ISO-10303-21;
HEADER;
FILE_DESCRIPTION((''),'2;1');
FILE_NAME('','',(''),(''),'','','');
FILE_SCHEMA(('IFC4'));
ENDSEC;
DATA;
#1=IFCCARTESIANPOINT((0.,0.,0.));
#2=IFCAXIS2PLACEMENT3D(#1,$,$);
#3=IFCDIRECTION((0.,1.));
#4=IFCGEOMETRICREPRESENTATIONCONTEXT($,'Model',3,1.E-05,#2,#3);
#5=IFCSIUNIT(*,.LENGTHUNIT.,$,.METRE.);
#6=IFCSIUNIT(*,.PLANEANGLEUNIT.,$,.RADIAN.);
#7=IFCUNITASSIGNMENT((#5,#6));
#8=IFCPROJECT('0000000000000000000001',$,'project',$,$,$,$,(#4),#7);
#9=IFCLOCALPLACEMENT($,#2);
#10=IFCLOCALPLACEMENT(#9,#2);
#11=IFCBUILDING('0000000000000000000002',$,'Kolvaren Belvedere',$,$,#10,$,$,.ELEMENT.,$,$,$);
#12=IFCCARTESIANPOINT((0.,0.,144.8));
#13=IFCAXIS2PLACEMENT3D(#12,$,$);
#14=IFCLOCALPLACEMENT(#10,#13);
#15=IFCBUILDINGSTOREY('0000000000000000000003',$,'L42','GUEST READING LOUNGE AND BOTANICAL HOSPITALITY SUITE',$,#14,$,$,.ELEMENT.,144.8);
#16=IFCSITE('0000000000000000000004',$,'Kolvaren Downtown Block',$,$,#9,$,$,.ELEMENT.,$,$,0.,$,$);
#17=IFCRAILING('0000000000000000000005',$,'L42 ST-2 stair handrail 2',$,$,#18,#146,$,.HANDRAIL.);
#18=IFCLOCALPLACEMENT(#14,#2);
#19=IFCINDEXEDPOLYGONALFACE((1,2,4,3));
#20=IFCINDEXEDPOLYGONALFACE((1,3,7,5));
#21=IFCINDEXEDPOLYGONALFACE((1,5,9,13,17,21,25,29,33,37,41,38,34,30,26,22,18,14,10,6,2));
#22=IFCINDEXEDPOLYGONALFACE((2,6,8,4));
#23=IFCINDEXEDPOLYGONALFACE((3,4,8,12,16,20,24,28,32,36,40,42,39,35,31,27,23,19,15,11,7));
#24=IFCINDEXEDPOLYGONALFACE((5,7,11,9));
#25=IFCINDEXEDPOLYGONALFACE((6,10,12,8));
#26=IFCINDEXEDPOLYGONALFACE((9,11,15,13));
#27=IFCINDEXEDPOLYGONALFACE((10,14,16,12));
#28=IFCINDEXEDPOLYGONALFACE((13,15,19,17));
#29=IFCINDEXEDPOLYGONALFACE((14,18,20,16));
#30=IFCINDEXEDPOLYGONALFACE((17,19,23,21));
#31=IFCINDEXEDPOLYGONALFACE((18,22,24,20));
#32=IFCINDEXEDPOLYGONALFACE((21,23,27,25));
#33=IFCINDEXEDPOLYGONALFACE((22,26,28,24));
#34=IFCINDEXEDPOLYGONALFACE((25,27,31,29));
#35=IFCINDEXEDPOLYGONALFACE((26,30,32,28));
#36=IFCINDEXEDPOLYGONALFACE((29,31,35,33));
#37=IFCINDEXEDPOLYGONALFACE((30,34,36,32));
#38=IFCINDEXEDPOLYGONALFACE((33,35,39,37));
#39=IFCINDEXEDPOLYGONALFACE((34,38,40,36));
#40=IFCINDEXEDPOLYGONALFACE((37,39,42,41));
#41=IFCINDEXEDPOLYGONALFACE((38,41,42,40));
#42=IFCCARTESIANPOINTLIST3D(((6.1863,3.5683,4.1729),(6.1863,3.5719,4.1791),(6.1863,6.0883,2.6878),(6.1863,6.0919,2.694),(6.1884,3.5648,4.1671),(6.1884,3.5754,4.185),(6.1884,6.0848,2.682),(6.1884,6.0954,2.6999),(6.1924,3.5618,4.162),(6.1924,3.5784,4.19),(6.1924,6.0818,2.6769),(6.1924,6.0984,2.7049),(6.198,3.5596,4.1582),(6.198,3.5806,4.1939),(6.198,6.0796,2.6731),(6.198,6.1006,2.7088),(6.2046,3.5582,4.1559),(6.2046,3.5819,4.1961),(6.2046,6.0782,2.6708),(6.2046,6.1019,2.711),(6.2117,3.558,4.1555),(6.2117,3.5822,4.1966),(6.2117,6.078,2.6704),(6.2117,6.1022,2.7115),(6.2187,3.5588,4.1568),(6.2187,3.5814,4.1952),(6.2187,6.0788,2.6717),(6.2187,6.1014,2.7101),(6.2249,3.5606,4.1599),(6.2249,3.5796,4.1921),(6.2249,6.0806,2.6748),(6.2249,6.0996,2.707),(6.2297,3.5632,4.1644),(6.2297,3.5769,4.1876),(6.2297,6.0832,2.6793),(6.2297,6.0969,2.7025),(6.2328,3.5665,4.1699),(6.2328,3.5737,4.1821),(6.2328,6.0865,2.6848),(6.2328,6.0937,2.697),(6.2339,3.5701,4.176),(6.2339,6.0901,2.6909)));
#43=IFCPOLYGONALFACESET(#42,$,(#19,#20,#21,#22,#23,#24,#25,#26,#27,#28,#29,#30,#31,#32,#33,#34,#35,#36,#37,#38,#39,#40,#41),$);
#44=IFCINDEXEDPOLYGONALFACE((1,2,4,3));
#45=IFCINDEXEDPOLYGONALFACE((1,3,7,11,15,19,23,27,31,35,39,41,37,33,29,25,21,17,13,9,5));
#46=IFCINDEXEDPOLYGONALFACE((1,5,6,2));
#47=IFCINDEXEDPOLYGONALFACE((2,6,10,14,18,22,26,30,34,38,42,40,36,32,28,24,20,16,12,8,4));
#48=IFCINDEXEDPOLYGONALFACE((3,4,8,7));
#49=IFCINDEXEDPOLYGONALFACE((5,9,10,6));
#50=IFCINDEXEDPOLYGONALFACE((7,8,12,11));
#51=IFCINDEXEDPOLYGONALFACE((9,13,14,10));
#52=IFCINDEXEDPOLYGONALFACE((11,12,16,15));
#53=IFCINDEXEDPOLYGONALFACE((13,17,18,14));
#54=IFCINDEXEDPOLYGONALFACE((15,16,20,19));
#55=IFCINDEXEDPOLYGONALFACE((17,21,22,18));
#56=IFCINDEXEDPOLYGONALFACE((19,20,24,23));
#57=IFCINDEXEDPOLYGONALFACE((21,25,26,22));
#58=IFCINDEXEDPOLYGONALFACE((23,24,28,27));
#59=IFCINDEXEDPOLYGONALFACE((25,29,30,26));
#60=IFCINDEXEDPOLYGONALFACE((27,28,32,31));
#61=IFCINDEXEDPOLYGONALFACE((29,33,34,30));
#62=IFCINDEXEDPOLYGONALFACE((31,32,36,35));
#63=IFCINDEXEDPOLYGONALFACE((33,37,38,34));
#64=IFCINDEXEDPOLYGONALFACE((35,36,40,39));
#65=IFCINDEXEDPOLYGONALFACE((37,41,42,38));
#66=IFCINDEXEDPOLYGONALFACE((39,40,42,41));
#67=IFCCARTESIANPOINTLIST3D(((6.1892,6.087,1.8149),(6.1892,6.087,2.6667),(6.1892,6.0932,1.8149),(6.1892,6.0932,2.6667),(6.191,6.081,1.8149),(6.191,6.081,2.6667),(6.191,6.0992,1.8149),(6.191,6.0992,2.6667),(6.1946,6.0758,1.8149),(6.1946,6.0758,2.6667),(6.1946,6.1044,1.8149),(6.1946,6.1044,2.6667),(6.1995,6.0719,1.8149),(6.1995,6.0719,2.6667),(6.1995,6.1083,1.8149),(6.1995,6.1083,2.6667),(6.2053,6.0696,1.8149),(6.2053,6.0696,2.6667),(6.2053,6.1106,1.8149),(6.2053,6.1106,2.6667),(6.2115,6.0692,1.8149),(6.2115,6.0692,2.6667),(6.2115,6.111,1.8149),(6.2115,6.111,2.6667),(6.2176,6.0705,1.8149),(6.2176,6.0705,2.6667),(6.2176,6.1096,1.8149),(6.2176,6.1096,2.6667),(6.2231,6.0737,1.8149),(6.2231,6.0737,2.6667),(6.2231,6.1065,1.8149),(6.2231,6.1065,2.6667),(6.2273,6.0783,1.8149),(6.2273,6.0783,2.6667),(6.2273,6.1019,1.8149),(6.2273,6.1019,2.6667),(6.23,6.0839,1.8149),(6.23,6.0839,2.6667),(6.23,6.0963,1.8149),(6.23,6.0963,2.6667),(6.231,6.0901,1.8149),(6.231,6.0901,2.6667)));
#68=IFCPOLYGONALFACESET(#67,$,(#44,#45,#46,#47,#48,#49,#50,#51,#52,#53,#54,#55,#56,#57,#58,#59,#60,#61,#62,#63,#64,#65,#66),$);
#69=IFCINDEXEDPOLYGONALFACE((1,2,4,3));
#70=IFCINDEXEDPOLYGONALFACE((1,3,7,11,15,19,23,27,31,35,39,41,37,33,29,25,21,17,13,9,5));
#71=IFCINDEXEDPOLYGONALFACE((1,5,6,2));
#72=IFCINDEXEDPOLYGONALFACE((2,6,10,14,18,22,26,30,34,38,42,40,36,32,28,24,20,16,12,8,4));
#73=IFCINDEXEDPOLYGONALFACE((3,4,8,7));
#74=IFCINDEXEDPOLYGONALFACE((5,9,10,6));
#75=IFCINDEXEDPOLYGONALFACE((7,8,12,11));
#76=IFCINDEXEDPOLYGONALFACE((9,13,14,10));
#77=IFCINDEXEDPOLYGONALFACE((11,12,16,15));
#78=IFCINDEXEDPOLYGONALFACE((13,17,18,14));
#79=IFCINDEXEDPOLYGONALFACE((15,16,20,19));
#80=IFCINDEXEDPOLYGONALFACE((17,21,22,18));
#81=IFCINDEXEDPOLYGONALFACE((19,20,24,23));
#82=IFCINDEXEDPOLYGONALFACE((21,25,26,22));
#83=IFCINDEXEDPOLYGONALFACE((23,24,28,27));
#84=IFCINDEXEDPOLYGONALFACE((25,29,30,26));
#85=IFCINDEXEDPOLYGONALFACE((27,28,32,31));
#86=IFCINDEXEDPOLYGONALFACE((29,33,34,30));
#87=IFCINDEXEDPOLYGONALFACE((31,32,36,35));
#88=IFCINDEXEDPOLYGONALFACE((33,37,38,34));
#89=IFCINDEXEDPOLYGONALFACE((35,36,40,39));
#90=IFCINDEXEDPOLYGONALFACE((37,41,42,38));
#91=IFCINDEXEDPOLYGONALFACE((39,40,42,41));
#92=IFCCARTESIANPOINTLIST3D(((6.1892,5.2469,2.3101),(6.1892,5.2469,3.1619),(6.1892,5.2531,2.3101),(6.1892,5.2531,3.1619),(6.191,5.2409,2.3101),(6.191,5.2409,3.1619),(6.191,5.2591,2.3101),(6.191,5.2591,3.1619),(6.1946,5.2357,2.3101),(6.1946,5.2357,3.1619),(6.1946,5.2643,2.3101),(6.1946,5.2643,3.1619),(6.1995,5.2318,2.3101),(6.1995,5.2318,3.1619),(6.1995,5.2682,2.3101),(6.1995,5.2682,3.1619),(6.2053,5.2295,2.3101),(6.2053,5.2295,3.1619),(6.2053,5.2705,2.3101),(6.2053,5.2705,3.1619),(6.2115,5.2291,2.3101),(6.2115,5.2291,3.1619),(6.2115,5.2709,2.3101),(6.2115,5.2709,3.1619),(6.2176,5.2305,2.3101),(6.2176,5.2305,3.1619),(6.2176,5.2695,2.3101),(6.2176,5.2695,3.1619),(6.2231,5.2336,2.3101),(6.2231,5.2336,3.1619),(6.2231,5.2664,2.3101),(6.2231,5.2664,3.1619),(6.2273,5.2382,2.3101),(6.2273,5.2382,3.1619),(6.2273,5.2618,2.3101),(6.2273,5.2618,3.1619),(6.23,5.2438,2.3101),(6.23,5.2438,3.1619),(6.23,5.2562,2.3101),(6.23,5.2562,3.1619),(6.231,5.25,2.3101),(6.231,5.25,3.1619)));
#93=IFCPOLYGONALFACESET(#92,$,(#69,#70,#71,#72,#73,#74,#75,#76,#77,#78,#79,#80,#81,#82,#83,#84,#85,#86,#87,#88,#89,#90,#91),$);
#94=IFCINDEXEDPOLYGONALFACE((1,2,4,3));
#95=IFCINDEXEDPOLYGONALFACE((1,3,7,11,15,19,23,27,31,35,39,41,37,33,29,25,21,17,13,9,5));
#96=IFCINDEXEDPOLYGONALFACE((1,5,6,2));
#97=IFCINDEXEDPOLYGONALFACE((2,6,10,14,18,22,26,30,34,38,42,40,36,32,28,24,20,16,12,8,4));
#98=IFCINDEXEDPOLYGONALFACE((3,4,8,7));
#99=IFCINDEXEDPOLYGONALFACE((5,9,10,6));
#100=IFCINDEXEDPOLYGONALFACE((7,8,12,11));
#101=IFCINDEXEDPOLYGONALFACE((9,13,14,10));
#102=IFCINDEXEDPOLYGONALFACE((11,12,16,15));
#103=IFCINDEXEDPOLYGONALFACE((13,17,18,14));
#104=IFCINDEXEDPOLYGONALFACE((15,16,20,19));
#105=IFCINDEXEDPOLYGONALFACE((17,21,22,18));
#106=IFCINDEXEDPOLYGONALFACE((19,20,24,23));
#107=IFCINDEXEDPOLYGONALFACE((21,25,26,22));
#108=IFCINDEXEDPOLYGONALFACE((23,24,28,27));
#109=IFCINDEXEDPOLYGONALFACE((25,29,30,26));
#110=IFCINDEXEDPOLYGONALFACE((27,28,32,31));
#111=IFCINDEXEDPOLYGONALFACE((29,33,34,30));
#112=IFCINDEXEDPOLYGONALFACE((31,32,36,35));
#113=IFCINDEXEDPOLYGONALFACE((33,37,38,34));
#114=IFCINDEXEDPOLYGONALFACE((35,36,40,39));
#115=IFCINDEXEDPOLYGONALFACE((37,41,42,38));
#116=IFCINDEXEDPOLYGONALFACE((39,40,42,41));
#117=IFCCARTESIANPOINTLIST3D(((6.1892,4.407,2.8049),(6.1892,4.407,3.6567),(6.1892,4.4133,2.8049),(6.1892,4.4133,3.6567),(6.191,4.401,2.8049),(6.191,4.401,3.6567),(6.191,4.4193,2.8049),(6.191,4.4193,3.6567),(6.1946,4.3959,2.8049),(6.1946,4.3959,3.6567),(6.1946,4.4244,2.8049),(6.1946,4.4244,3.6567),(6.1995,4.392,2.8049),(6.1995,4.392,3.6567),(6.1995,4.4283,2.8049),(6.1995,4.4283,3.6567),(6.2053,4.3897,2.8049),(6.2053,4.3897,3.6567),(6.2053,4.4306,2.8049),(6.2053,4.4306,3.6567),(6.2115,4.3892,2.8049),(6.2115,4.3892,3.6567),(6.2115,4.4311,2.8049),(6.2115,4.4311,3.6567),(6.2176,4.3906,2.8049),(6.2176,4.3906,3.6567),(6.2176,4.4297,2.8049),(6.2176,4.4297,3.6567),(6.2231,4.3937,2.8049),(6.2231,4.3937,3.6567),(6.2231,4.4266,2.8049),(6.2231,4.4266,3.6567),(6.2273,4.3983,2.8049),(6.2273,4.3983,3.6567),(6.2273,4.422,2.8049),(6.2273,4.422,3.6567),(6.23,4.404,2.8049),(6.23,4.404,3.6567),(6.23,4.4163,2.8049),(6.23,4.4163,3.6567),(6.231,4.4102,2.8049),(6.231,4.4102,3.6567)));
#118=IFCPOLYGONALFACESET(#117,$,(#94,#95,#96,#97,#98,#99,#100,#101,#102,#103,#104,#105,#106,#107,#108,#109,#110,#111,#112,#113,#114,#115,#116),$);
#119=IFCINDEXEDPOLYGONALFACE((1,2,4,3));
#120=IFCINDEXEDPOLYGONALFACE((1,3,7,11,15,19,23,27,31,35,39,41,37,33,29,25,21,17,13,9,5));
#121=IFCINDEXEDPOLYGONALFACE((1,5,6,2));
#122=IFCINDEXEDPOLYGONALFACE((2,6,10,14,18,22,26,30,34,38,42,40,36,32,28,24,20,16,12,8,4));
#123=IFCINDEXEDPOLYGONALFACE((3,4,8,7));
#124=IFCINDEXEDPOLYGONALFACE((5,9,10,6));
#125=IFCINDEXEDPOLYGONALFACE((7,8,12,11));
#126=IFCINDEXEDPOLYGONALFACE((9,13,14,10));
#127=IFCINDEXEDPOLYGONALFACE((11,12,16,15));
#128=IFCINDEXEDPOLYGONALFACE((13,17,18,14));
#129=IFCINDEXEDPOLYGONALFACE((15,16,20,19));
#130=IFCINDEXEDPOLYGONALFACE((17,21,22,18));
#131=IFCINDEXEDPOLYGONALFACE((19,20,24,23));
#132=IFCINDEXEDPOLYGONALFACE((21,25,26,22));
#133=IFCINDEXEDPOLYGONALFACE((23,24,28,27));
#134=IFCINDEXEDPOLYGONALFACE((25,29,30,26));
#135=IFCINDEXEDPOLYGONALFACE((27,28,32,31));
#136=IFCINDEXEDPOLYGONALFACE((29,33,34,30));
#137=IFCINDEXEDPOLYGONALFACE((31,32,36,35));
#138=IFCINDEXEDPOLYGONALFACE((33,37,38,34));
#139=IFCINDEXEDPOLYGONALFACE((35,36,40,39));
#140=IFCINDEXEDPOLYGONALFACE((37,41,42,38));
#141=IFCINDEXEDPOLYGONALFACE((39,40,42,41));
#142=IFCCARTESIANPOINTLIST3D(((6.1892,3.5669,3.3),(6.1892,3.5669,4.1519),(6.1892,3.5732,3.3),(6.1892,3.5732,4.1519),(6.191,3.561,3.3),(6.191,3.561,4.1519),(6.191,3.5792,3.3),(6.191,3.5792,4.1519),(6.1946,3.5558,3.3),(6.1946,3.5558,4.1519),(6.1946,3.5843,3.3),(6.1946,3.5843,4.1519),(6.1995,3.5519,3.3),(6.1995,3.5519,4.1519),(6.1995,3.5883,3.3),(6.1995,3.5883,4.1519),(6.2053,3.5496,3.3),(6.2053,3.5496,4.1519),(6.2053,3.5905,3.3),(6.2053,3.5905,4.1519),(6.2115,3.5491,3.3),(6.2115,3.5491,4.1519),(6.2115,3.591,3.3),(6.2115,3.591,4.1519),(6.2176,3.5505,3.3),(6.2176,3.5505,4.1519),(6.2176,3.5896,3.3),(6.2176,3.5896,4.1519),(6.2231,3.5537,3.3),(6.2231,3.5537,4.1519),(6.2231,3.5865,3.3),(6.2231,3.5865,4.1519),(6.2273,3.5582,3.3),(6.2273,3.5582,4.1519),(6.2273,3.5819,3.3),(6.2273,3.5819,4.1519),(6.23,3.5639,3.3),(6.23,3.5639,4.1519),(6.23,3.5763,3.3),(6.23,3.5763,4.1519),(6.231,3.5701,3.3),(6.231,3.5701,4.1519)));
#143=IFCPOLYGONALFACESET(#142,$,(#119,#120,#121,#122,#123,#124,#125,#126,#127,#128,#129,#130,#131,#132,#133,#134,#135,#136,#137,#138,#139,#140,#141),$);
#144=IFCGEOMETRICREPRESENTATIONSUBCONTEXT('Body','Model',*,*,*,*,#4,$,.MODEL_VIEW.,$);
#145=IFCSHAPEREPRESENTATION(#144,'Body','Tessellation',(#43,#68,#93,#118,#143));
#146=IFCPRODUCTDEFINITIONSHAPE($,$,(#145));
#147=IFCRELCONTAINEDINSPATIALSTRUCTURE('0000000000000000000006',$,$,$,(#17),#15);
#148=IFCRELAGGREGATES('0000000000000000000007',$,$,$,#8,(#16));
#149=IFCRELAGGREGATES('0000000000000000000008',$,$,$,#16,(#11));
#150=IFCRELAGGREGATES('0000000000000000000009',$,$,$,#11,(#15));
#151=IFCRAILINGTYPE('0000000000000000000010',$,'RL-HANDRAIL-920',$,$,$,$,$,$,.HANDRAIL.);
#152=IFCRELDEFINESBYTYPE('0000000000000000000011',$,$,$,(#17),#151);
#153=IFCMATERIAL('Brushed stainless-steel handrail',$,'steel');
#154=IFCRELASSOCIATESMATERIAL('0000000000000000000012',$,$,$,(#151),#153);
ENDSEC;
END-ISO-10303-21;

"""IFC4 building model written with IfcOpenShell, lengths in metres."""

from ifc_helpers import new_model, si_unit, direction, frame, origin, origin_2d, place, context, subcontext, project, spatial, circle, extrude, material, type_object, element, save


model = new_model("IFC4")

# Units and contexts
model_context = context("Model", 3, precision=1e-05, world=origin(), true_north=direction((0.0, 1.0)))
body_context = subcontext(model_context, "Body", "Model", "MODEL_VIEW")
ifc_project = project(units=[si_unit("LENGTHUNIT", "METRE"), si_unit("PLANEANGLEUNIT", "RADIAN")], contexts=[model_context])

# Site, building, storey
site_placement = place(None, origin())
site = spatial("IfcSite", under=ifc_project, at=site_placement, Name="Kolvaren Downtown Block", CompositionType="ELEMENT", RefElevation=0.0)
building_placement = place(site_placement, origin())
building = spatial("IfcBuilding", under=site, at=building_placement, Name="Kolvaren Belvedere", CompositionType="ELEMENT")
storey_placement = place(building_placement, frame((0.0, 0.0, 144.8)))
storey = spatial("IfcBuildingStorey", under=building, at=storey_placement, Name="L42", Description="GUEST READING LOUNGE AND BOTANICAL HOSPITALITY SUITE", CompositionType="ELEMENT", Elevation=144.8)

# Railing
ifc_material_1 = material(Name="Brushed stainless-steel handrail", Category="steel")
railing_type_1 = type_object("IfcRailingType", Name="RL-HANDRAIL-920", PredefinedType="HANDRAIL", material=ifc_material_1)
railing_1_placement = place(storey_placement, frame((6.21, 6.0901, 1.8149)))
element("IfcRailing", 1, at=railing_1_placement, inside=storey, type_object=railing_type_1, Name="L42 ST-2 stair handrail 2", PredefinedType="HANDRAIL", context=body_context, shape_type="SweptSolid", body=[
    extrude(circle(Radius=0.0239, at=origin_2d()), frame((0.0, 0.0, 0.876), z_axis=(0.0, -0.861524, 0.507717), x_axis=(1.0, 0.0, 0.0)), (0.0, 0.0, 1.0), 2.925),
    extrude(circle(Radius=0.021, at=origin_2d()), origin(), (0.0, 0.0, 1.0), 0.8518),
    extrude(circle(Radius=0.021, at=origin_2d()), frame((0.0, -0.8401, 0.4951)), (0.0, 0.0, 1.0), 0.8518),
    extrude(circle(Radius=0.021, at=origin_2d()), frame((0.0, -1.6799, 0.99)), (0.0, 0.0, 1.0), 0.8518),
    extrude(circle(Radius=0.021, at=origin_2d()), frame((0.0, -2.52, 1.4851)), (0.0, 0.0, 1.0), 0.8518),
])

save(model, "model.ifc")
